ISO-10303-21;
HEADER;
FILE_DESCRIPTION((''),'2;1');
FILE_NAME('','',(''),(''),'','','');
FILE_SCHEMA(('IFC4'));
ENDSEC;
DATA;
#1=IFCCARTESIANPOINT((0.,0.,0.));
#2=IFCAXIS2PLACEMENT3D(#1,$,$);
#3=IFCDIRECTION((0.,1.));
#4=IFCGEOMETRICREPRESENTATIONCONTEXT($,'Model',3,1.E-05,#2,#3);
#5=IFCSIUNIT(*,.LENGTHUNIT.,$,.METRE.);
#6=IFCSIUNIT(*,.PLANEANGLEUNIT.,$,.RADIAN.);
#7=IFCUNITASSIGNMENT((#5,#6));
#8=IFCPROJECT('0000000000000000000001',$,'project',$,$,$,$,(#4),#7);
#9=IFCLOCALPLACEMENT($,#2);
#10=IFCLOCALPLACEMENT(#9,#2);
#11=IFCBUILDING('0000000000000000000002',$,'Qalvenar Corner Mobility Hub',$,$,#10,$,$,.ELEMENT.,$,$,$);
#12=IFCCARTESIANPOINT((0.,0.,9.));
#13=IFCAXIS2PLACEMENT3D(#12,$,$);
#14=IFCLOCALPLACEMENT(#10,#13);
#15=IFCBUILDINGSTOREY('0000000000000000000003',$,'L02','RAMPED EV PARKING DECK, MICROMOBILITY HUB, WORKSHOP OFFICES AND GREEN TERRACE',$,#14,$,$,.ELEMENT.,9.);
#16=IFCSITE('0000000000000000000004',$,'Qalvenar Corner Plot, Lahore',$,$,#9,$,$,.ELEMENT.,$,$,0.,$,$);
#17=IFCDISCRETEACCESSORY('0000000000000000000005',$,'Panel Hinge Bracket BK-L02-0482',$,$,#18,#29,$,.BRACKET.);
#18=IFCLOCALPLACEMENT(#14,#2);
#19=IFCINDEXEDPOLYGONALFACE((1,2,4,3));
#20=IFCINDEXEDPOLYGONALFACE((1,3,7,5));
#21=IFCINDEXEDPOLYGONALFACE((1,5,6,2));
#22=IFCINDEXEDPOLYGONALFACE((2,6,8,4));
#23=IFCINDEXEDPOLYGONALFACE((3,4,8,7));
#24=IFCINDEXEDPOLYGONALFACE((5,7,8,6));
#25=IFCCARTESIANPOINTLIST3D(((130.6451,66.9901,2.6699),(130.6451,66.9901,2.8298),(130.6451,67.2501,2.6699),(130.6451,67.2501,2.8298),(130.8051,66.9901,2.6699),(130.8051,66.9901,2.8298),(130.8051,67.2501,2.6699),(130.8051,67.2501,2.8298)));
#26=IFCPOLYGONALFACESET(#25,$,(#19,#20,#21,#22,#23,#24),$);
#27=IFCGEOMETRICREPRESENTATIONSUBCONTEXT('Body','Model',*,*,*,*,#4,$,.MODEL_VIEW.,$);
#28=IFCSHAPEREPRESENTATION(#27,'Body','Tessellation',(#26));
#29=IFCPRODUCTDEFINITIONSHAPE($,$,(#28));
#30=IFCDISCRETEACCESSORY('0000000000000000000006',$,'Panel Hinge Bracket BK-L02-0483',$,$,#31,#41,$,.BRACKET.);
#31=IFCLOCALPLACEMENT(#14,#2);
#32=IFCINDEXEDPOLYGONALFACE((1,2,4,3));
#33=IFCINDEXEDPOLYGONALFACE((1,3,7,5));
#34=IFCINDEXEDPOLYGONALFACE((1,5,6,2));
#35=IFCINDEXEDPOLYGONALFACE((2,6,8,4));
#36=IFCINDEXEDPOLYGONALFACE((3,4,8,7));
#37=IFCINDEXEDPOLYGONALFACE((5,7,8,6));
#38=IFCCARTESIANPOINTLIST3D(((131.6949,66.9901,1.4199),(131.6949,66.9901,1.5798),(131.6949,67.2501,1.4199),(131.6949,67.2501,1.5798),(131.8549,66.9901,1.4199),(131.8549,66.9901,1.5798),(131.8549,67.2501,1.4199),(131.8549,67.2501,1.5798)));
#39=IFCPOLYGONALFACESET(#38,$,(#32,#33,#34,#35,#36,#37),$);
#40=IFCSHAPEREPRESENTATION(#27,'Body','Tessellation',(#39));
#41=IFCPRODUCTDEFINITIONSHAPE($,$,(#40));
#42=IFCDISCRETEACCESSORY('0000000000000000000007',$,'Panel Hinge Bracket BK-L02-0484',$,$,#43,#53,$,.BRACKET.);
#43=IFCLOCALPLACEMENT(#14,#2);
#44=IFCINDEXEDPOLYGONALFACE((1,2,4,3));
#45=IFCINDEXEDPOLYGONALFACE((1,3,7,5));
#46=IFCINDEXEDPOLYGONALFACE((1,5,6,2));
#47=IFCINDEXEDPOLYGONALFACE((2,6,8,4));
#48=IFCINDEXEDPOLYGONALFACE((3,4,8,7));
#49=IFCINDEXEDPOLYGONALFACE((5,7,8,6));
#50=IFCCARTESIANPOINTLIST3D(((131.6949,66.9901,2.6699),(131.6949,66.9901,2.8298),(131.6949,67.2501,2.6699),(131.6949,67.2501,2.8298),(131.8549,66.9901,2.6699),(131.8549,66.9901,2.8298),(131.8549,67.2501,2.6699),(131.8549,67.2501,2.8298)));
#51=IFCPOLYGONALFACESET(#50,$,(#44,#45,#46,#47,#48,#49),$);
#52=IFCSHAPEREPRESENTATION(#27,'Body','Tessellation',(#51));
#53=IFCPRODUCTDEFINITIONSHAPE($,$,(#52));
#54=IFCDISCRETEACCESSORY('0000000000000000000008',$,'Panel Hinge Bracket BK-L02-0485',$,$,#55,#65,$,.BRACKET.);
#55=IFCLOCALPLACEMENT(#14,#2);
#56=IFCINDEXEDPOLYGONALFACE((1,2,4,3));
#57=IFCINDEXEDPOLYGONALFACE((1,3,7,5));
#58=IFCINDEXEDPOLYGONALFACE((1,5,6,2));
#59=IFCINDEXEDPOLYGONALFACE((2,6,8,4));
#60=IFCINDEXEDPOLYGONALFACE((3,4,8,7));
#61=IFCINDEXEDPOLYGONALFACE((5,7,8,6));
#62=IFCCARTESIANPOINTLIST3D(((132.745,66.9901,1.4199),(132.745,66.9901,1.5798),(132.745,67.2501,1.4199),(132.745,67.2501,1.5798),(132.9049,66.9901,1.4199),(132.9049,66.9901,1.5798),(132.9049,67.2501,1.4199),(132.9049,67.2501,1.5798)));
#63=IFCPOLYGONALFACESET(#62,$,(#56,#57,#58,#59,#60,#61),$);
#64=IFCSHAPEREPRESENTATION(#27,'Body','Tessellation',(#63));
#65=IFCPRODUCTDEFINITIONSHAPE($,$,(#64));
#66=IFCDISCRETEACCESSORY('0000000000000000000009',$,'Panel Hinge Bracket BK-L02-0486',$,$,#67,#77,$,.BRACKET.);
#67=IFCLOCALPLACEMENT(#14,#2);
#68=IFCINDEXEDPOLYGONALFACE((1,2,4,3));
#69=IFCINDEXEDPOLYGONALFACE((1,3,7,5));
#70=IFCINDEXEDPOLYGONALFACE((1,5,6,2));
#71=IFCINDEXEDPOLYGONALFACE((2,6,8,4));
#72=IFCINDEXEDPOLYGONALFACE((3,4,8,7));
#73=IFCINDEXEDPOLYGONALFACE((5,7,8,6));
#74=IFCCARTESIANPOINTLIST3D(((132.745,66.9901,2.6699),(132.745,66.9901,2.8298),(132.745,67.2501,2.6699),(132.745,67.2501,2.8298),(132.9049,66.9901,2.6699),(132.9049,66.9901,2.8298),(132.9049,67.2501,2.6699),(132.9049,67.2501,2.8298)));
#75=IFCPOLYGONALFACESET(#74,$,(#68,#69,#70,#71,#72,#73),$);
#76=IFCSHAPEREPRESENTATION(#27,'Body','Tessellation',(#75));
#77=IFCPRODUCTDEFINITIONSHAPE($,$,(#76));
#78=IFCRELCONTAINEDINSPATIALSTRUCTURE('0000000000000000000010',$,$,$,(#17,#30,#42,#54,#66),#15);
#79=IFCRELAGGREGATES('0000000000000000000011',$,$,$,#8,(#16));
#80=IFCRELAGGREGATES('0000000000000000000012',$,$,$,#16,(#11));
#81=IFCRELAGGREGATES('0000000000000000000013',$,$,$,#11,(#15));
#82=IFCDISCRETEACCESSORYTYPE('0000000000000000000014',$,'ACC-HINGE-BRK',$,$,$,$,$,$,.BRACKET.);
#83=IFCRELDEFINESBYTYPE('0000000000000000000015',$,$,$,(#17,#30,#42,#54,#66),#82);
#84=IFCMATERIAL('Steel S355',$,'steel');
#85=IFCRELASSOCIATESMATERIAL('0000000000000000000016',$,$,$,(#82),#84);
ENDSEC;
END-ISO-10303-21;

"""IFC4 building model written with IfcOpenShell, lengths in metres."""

from ifc_helpers import new_model, si_unit, direction, frame, origin, origin_2d, place, context, subcontext, project, spatial, rectangle, extrude, material, type_object, element, save


model = new_model("IFC4")

# Units and contexts
model_context = context("Model", 3, precision=1e-05, world=origin(), true_north=direction((0.0, 1.0)))
body_context = subcontext(model_context, "Body", "Model", "MODEL_VIEW")
ifc_project = project(units=[si_unit("LENGTHUNIT", "METRE"), si_unit("PLANEANGLEUNIT", "RADIAN")], contexts=[model_context])

# Site, building, storey
site_placement = place(None, origin())
site = spatial("IfcSite", under=ifc_project, at=site_placement, Name="Qalvenar Corner Plot, Lahore", CompositionType="ELEMENT", RefElevation=0.0)
building_placement = place(site_placement, origin())
building = spatial("IfcBuilding", under=site, at=building_placement, Name="Qalvenar Corner Mobility Hub", CompositionType="ELEMENT")
storey_placement = place(building_placement, frame((0.0, 0.0, 9.0)))
storey = spatial("IfcBuildingStorey", under=building, at=storey_placement, Name="L02", Description="RAMPED EV PARKING DECK, MICROMOBILITY HUB, WORKSHOP OFFICES AND GREEN TERRACE", CompositionType="ELEMENT", Elevation=9.0)

# Shared definitions
ifc_material_1 = material(Name="Steel S355", Category="steel")

# Discrete accessories
discrete_accessory_type = type_object("IfcDiscreteAccessoryType", Name="ACC-HINGE-BRK", PredefinedType="BRACKET", material=ifc_material_1)
for number, where, z_axis, x_axis, name in (
    (1, (130.7251, 67.1201, 2.6699), (0.0, 0.0, 1.0), (1.0, 0.0, 0.0), "Panel Hinge Bracket BK-L02-0482"),
    (2, (131.7749, 67.1201, 1.4199), (0.0, 0.0, 1.0), (1.0, 0.0, 0.0), "Panel Hinge Bracket BK-L02-0483"),
    (3, (131.7749, 67.1201, 2.6699), (0.0, 0.0, 1.0), (1.0, 0.0, 0.0), "Panel Hinge Bracket BK-L02-0484"),
    (4, (132.825, 67.1201, 1.4199), (0.0, 0.0, 1.0), (1.0, 0.0, 0.0), "Panel Hinge Bracket BK-L02-0485"),
    (5, (132.825, 67.1201, 2.6699), (0.0, 0.0, 1.0), (1.0, 0.0, 0.0), "Panel Hinge Bracket BK-L02-0486"),
):
    element("IfcDiscreteAccessory", number, at=place(storey_placement, frame(where, z_axis=z_axis, x_axis=x_axis)), inside=storey, type_object=discrete_accessory_type, Name=name, PredefinedType="BRACKET", context=body_context, shape_type="SweptSolid", body=[
        extrude(rectangle(XDim=0.1599, YDim=0.26, at=origin_2d()), origin(), (0.0, 0.0, 1.0), 0.1599),
    ])

save(model, "model.ifc")
